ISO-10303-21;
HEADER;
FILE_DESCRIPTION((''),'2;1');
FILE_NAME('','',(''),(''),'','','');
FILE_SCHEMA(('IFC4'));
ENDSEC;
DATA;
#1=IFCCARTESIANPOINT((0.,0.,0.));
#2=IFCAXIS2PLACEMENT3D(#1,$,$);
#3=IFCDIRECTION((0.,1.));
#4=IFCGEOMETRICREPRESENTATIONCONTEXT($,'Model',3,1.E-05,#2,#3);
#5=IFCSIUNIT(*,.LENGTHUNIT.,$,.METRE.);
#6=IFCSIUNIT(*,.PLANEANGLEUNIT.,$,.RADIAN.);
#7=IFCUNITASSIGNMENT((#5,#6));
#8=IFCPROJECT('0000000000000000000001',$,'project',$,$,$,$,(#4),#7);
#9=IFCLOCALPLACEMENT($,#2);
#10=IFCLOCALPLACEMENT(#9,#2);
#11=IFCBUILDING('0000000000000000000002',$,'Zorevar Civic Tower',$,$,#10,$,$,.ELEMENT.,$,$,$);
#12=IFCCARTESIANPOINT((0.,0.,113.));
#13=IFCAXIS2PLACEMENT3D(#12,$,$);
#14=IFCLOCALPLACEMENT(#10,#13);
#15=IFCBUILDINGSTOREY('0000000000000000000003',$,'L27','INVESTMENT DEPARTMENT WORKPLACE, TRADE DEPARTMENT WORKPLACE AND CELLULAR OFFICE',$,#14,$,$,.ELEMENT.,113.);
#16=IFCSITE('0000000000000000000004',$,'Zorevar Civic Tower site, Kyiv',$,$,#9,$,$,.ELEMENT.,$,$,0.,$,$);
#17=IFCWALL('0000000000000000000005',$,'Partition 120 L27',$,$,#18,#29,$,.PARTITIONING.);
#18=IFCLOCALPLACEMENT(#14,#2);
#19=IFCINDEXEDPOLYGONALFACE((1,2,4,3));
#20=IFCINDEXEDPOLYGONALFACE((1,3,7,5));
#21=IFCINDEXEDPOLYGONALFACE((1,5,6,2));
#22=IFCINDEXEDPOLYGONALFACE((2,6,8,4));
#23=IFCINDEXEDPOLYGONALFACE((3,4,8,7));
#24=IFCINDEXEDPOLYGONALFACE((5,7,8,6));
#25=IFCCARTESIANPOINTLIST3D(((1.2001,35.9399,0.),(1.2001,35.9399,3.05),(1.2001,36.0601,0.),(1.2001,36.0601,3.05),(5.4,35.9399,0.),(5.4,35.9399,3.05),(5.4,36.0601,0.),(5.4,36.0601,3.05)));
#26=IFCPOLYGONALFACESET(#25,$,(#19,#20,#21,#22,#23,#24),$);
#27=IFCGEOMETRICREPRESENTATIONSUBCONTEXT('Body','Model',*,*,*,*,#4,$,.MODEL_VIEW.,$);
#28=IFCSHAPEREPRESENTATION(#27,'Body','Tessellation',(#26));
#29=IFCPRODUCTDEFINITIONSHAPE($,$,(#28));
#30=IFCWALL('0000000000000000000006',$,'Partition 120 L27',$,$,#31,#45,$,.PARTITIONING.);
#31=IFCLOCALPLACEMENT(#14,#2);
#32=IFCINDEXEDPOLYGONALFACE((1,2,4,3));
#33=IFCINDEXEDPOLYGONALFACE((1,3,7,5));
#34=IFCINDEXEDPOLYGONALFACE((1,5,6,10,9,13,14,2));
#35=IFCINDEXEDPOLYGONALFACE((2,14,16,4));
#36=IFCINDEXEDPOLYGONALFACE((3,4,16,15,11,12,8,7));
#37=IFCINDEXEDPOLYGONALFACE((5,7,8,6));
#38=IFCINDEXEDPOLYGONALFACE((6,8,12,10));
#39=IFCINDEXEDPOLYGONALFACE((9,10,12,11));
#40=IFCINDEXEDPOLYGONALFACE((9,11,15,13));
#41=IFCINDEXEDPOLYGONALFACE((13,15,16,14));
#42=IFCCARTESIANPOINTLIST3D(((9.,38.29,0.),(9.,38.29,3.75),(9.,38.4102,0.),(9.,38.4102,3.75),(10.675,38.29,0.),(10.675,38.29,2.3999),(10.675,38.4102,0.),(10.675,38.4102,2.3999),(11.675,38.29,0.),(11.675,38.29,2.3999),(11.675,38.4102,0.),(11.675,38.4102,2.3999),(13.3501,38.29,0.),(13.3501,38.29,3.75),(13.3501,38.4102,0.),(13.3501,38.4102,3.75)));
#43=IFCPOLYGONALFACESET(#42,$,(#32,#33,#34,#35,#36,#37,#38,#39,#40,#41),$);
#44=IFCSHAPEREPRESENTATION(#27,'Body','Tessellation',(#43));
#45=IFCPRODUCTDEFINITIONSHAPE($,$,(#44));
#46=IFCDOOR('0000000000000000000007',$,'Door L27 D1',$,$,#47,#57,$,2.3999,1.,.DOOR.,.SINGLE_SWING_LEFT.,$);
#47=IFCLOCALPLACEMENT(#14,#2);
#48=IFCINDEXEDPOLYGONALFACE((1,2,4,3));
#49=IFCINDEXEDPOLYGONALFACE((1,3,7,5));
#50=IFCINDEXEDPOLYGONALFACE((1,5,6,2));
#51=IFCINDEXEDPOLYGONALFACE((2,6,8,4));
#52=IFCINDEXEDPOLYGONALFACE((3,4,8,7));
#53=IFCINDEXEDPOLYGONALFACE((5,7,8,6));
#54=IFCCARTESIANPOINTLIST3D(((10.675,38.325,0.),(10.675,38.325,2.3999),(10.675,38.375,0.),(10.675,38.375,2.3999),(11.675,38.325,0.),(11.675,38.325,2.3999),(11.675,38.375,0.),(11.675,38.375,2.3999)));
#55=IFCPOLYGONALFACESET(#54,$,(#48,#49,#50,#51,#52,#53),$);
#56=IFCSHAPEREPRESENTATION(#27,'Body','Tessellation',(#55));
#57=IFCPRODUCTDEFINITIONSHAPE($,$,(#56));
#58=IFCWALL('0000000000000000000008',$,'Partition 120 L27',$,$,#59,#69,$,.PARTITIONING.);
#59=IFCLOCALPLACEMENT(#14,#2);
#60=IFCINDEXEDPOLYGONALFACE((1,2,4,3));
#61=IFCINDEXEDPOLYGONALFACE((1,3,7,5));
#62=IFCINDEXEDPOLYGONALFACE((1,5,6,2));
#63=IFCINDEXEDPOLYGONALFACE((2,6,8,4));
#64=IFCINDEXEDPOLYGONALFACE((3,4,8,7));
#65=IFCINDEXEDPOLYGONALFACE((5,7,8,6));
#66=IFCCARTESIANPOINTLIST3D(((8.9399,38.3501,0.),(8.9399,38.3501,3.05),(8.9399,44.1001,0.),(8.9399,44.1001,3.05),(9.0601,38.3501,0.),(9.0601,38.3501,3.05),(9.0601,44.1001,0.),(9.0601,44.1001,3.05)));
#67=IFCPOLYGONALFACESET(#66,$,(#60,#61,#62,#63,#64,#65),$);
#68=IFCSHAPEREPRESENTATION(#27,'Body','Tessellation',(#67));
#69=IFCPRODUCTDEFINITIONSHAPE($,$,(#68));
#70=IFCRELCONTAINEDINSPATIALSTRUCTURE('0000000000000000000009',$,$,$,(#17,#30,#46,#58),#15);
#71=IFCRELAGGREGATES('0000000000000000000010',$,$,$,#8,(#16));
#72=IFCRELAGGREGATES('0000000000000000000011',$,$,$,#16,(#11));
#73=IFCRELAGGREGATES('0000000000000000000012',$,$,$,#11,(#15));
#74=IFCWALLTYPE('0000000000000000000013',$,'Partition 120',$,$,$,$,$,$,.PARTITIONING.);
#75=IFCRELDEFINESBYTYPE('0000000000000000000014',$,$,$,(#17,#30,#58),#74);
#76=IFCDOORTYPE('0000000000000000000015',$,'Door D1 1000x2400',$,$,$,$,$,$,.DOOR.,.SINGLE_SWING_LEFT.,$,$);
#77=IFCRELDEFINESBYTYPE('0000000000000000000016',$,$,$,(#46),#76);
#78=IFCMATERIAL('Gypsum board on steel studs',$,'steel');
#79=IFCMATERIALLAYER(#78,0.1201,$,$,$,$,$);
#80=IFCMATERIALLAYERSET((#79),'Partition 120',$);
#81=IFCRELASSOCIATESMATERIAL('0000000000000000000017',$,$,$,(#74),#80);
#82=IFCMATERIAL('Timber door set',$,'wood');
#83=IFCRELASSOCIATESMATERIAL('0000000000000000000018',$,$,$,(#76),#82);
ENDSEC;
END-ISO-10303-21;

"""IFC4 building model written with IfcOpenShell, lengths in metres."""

from ifc_helpers import new_model, si_unit, direction, frame, frame_2d, origin, place, context, subcontext, project, spatial, rectangle, extrude, material, layer, layer_set, type_object, element, fill, save


model = new_model("IFC4")

# Units and contexts
model_context = context("Model", 3, precision=1e-05, world=origin(), true_north=direction((0.0, 1.0)))
body_context = subcontext(model_context, "Body", "Model", "MODEL_VIEW")
ifc_project = project(units=[si_unit("LENGTHUNIT", "METRE"), si_unit("PLANEANGLEUNIT", "RADIAN")], contexts=[model_context])

# Site, building, storey
site_placement = place(None, origin())
site = spatial("IfcSite", under=ifc_project, at=site_placement, Name="Zorevar Civic Tower site, Kyiv", CompositionType="ELEMENT", RefElevation=0.0)
building_placement = place(site_placement, origin())
building = spatial("IfcBuilding", under=site, at=building_placement, Name="Zorevar Civic Tower", CompositionType="ELEMENT")
storey_placement = place(building_placement, frame((0.0, 0.0, 113.0)))
storey = spatial("IfcBuildingStorey", under=building, at=storey_placement, Name="L27", Description="INVESTMENT DEPARTMENT WORKPLACE, TRADE DEPARTMENT WORKPLACE AND CELLULAR OFFICE", CompositionType="ELEMENT", Elevation=113.0)

# Wall
ifc_material_1 = material(Name="Gypsum board on steel studs", Category="steel")
ifc_layer_1 = layer(ifc_material_1, 0.1201)
ifc_layer_set_1 = layer_set([ifc_layer_1], Name="Partition 120")
wall_type_1 = type_object("IfcWallType", Name="Partition 120", PredefinedType="PARTITIONING", material=ifc_layer_set_1)
wall_1_placement = place(storey_placement, frame((1.2, 36.0, 0.0), z_axis=(0.0, 0.0, 1.0), x_axis=(1.0, 0.0, 0.0)))
element("IfcWall", 1, at=wall_1_placement, inside=storey, type_object=wall_type_1, Name="Partition 120 L27", PredefinedType="PARTITIONING", context=body_context, shape_type="SweptSolid", body=[
    extrude(rectangle(XDim=4.2, YDim=0.1201, at=frame_2d((2.1001, 0.0))), origin(), (0.0, 0.0, 1.0), 3.05),
])

# Wall, opening, door
wall_2_placement = place(storey_placement, frame((9.0, 38.3501, 0.0), z_axis=(0.0, 0.0, 1.0), x_axis=(1.0, 0.0, 0.0)))
wall_2 = element("IfcWall", 2, at=wall_2_placement, inside=storey, type_object=wall_type_1, Name="Partition 120 L27", PredefinedType="PARTITIONING", context=body_context, shape_type="SweptSolid", body=[
    extrude(rectangle(XDim=4.3501, YDim=0.1201, at=frame_2d((2.175, 0.0))), origin(), (0.0, 0.0, 1.0), 3.75),
])
opening_1_placement = place(wall_2_placement, frame((1.675, 0.0, 0.0)))
opening_1 = element("IfcOpeningElement", 3, at=opening_1_placement, cuts=wall_2, PredefinedType="OPENING", context=body_context, shape_type="SweptSolid", body=[
    extrude(rectangle(XDim=1.0, YDim=2.3999, at=frame_2d((0.5, 1.2))), frame((0.0, 0.0701, 0.0), z_axis=(0.0, -1.0, 0.0), x_axis=(1.0, 0.0, 0.0)), (0.0, 0.0, 1.0), 0.1401),
])
ifc_material_2 = material(Name="Timber door set", Category="wood")
door_type_1 = type_object("IfcDoorType", Name="Door D1 1000x2400", OperationType="SINGLE_SWING_LEFT", PredefinedType="DOOR", material=ifc_material_2)
door_1_placement = place(opening_1_placement, origin())
door_1 = element("IfcDoor", 4, at=door_1_placement, inside=storey, type_object=door_type_1, Name="Door L27 D1", OperationType="SINGLE_SWING_LEFT", OverallHeight=2.3999, OverallWidth=1.0, PredefinedType="DOOR", context=body_context, shape_type="SweptSolid", body=[
    extrude(rectangle(XDim=1.0, YDim=2.3999, at=frame_2d((0.5, 1.2))), frame((0.0, 0.0249, 0.0), z_axis=(0.0, -1.0, 0.0), x_axis=(1.0, 0.0, 0.0)), (0.0, 0.0, 1.0), 0.05),
])
fill(opening_1, door_1)

# Wall
wall_3_placement = place(storey_placement, frame((9.0, 38.3501, 0.0), z_axis=(0.0, 0.0, 1.0), x_axis=(0.0, 1.0, 0.0)))
element("IfcWall", 5, at=wall_3_placement, inside=storey, type_object=wall_type_1, Name="Partition 120 L27", PredefinedType="PARTITIONING", context=body_context, shape_type="SweptSolid", body=[
    extrude(rectangle(XDim=5.75, YDim=0.1201, at=frame_2d((2.875, 0.0))), origin(), (0.0, 0.0, 1.0), 3.05),
])

save(model, "model.ifc")
